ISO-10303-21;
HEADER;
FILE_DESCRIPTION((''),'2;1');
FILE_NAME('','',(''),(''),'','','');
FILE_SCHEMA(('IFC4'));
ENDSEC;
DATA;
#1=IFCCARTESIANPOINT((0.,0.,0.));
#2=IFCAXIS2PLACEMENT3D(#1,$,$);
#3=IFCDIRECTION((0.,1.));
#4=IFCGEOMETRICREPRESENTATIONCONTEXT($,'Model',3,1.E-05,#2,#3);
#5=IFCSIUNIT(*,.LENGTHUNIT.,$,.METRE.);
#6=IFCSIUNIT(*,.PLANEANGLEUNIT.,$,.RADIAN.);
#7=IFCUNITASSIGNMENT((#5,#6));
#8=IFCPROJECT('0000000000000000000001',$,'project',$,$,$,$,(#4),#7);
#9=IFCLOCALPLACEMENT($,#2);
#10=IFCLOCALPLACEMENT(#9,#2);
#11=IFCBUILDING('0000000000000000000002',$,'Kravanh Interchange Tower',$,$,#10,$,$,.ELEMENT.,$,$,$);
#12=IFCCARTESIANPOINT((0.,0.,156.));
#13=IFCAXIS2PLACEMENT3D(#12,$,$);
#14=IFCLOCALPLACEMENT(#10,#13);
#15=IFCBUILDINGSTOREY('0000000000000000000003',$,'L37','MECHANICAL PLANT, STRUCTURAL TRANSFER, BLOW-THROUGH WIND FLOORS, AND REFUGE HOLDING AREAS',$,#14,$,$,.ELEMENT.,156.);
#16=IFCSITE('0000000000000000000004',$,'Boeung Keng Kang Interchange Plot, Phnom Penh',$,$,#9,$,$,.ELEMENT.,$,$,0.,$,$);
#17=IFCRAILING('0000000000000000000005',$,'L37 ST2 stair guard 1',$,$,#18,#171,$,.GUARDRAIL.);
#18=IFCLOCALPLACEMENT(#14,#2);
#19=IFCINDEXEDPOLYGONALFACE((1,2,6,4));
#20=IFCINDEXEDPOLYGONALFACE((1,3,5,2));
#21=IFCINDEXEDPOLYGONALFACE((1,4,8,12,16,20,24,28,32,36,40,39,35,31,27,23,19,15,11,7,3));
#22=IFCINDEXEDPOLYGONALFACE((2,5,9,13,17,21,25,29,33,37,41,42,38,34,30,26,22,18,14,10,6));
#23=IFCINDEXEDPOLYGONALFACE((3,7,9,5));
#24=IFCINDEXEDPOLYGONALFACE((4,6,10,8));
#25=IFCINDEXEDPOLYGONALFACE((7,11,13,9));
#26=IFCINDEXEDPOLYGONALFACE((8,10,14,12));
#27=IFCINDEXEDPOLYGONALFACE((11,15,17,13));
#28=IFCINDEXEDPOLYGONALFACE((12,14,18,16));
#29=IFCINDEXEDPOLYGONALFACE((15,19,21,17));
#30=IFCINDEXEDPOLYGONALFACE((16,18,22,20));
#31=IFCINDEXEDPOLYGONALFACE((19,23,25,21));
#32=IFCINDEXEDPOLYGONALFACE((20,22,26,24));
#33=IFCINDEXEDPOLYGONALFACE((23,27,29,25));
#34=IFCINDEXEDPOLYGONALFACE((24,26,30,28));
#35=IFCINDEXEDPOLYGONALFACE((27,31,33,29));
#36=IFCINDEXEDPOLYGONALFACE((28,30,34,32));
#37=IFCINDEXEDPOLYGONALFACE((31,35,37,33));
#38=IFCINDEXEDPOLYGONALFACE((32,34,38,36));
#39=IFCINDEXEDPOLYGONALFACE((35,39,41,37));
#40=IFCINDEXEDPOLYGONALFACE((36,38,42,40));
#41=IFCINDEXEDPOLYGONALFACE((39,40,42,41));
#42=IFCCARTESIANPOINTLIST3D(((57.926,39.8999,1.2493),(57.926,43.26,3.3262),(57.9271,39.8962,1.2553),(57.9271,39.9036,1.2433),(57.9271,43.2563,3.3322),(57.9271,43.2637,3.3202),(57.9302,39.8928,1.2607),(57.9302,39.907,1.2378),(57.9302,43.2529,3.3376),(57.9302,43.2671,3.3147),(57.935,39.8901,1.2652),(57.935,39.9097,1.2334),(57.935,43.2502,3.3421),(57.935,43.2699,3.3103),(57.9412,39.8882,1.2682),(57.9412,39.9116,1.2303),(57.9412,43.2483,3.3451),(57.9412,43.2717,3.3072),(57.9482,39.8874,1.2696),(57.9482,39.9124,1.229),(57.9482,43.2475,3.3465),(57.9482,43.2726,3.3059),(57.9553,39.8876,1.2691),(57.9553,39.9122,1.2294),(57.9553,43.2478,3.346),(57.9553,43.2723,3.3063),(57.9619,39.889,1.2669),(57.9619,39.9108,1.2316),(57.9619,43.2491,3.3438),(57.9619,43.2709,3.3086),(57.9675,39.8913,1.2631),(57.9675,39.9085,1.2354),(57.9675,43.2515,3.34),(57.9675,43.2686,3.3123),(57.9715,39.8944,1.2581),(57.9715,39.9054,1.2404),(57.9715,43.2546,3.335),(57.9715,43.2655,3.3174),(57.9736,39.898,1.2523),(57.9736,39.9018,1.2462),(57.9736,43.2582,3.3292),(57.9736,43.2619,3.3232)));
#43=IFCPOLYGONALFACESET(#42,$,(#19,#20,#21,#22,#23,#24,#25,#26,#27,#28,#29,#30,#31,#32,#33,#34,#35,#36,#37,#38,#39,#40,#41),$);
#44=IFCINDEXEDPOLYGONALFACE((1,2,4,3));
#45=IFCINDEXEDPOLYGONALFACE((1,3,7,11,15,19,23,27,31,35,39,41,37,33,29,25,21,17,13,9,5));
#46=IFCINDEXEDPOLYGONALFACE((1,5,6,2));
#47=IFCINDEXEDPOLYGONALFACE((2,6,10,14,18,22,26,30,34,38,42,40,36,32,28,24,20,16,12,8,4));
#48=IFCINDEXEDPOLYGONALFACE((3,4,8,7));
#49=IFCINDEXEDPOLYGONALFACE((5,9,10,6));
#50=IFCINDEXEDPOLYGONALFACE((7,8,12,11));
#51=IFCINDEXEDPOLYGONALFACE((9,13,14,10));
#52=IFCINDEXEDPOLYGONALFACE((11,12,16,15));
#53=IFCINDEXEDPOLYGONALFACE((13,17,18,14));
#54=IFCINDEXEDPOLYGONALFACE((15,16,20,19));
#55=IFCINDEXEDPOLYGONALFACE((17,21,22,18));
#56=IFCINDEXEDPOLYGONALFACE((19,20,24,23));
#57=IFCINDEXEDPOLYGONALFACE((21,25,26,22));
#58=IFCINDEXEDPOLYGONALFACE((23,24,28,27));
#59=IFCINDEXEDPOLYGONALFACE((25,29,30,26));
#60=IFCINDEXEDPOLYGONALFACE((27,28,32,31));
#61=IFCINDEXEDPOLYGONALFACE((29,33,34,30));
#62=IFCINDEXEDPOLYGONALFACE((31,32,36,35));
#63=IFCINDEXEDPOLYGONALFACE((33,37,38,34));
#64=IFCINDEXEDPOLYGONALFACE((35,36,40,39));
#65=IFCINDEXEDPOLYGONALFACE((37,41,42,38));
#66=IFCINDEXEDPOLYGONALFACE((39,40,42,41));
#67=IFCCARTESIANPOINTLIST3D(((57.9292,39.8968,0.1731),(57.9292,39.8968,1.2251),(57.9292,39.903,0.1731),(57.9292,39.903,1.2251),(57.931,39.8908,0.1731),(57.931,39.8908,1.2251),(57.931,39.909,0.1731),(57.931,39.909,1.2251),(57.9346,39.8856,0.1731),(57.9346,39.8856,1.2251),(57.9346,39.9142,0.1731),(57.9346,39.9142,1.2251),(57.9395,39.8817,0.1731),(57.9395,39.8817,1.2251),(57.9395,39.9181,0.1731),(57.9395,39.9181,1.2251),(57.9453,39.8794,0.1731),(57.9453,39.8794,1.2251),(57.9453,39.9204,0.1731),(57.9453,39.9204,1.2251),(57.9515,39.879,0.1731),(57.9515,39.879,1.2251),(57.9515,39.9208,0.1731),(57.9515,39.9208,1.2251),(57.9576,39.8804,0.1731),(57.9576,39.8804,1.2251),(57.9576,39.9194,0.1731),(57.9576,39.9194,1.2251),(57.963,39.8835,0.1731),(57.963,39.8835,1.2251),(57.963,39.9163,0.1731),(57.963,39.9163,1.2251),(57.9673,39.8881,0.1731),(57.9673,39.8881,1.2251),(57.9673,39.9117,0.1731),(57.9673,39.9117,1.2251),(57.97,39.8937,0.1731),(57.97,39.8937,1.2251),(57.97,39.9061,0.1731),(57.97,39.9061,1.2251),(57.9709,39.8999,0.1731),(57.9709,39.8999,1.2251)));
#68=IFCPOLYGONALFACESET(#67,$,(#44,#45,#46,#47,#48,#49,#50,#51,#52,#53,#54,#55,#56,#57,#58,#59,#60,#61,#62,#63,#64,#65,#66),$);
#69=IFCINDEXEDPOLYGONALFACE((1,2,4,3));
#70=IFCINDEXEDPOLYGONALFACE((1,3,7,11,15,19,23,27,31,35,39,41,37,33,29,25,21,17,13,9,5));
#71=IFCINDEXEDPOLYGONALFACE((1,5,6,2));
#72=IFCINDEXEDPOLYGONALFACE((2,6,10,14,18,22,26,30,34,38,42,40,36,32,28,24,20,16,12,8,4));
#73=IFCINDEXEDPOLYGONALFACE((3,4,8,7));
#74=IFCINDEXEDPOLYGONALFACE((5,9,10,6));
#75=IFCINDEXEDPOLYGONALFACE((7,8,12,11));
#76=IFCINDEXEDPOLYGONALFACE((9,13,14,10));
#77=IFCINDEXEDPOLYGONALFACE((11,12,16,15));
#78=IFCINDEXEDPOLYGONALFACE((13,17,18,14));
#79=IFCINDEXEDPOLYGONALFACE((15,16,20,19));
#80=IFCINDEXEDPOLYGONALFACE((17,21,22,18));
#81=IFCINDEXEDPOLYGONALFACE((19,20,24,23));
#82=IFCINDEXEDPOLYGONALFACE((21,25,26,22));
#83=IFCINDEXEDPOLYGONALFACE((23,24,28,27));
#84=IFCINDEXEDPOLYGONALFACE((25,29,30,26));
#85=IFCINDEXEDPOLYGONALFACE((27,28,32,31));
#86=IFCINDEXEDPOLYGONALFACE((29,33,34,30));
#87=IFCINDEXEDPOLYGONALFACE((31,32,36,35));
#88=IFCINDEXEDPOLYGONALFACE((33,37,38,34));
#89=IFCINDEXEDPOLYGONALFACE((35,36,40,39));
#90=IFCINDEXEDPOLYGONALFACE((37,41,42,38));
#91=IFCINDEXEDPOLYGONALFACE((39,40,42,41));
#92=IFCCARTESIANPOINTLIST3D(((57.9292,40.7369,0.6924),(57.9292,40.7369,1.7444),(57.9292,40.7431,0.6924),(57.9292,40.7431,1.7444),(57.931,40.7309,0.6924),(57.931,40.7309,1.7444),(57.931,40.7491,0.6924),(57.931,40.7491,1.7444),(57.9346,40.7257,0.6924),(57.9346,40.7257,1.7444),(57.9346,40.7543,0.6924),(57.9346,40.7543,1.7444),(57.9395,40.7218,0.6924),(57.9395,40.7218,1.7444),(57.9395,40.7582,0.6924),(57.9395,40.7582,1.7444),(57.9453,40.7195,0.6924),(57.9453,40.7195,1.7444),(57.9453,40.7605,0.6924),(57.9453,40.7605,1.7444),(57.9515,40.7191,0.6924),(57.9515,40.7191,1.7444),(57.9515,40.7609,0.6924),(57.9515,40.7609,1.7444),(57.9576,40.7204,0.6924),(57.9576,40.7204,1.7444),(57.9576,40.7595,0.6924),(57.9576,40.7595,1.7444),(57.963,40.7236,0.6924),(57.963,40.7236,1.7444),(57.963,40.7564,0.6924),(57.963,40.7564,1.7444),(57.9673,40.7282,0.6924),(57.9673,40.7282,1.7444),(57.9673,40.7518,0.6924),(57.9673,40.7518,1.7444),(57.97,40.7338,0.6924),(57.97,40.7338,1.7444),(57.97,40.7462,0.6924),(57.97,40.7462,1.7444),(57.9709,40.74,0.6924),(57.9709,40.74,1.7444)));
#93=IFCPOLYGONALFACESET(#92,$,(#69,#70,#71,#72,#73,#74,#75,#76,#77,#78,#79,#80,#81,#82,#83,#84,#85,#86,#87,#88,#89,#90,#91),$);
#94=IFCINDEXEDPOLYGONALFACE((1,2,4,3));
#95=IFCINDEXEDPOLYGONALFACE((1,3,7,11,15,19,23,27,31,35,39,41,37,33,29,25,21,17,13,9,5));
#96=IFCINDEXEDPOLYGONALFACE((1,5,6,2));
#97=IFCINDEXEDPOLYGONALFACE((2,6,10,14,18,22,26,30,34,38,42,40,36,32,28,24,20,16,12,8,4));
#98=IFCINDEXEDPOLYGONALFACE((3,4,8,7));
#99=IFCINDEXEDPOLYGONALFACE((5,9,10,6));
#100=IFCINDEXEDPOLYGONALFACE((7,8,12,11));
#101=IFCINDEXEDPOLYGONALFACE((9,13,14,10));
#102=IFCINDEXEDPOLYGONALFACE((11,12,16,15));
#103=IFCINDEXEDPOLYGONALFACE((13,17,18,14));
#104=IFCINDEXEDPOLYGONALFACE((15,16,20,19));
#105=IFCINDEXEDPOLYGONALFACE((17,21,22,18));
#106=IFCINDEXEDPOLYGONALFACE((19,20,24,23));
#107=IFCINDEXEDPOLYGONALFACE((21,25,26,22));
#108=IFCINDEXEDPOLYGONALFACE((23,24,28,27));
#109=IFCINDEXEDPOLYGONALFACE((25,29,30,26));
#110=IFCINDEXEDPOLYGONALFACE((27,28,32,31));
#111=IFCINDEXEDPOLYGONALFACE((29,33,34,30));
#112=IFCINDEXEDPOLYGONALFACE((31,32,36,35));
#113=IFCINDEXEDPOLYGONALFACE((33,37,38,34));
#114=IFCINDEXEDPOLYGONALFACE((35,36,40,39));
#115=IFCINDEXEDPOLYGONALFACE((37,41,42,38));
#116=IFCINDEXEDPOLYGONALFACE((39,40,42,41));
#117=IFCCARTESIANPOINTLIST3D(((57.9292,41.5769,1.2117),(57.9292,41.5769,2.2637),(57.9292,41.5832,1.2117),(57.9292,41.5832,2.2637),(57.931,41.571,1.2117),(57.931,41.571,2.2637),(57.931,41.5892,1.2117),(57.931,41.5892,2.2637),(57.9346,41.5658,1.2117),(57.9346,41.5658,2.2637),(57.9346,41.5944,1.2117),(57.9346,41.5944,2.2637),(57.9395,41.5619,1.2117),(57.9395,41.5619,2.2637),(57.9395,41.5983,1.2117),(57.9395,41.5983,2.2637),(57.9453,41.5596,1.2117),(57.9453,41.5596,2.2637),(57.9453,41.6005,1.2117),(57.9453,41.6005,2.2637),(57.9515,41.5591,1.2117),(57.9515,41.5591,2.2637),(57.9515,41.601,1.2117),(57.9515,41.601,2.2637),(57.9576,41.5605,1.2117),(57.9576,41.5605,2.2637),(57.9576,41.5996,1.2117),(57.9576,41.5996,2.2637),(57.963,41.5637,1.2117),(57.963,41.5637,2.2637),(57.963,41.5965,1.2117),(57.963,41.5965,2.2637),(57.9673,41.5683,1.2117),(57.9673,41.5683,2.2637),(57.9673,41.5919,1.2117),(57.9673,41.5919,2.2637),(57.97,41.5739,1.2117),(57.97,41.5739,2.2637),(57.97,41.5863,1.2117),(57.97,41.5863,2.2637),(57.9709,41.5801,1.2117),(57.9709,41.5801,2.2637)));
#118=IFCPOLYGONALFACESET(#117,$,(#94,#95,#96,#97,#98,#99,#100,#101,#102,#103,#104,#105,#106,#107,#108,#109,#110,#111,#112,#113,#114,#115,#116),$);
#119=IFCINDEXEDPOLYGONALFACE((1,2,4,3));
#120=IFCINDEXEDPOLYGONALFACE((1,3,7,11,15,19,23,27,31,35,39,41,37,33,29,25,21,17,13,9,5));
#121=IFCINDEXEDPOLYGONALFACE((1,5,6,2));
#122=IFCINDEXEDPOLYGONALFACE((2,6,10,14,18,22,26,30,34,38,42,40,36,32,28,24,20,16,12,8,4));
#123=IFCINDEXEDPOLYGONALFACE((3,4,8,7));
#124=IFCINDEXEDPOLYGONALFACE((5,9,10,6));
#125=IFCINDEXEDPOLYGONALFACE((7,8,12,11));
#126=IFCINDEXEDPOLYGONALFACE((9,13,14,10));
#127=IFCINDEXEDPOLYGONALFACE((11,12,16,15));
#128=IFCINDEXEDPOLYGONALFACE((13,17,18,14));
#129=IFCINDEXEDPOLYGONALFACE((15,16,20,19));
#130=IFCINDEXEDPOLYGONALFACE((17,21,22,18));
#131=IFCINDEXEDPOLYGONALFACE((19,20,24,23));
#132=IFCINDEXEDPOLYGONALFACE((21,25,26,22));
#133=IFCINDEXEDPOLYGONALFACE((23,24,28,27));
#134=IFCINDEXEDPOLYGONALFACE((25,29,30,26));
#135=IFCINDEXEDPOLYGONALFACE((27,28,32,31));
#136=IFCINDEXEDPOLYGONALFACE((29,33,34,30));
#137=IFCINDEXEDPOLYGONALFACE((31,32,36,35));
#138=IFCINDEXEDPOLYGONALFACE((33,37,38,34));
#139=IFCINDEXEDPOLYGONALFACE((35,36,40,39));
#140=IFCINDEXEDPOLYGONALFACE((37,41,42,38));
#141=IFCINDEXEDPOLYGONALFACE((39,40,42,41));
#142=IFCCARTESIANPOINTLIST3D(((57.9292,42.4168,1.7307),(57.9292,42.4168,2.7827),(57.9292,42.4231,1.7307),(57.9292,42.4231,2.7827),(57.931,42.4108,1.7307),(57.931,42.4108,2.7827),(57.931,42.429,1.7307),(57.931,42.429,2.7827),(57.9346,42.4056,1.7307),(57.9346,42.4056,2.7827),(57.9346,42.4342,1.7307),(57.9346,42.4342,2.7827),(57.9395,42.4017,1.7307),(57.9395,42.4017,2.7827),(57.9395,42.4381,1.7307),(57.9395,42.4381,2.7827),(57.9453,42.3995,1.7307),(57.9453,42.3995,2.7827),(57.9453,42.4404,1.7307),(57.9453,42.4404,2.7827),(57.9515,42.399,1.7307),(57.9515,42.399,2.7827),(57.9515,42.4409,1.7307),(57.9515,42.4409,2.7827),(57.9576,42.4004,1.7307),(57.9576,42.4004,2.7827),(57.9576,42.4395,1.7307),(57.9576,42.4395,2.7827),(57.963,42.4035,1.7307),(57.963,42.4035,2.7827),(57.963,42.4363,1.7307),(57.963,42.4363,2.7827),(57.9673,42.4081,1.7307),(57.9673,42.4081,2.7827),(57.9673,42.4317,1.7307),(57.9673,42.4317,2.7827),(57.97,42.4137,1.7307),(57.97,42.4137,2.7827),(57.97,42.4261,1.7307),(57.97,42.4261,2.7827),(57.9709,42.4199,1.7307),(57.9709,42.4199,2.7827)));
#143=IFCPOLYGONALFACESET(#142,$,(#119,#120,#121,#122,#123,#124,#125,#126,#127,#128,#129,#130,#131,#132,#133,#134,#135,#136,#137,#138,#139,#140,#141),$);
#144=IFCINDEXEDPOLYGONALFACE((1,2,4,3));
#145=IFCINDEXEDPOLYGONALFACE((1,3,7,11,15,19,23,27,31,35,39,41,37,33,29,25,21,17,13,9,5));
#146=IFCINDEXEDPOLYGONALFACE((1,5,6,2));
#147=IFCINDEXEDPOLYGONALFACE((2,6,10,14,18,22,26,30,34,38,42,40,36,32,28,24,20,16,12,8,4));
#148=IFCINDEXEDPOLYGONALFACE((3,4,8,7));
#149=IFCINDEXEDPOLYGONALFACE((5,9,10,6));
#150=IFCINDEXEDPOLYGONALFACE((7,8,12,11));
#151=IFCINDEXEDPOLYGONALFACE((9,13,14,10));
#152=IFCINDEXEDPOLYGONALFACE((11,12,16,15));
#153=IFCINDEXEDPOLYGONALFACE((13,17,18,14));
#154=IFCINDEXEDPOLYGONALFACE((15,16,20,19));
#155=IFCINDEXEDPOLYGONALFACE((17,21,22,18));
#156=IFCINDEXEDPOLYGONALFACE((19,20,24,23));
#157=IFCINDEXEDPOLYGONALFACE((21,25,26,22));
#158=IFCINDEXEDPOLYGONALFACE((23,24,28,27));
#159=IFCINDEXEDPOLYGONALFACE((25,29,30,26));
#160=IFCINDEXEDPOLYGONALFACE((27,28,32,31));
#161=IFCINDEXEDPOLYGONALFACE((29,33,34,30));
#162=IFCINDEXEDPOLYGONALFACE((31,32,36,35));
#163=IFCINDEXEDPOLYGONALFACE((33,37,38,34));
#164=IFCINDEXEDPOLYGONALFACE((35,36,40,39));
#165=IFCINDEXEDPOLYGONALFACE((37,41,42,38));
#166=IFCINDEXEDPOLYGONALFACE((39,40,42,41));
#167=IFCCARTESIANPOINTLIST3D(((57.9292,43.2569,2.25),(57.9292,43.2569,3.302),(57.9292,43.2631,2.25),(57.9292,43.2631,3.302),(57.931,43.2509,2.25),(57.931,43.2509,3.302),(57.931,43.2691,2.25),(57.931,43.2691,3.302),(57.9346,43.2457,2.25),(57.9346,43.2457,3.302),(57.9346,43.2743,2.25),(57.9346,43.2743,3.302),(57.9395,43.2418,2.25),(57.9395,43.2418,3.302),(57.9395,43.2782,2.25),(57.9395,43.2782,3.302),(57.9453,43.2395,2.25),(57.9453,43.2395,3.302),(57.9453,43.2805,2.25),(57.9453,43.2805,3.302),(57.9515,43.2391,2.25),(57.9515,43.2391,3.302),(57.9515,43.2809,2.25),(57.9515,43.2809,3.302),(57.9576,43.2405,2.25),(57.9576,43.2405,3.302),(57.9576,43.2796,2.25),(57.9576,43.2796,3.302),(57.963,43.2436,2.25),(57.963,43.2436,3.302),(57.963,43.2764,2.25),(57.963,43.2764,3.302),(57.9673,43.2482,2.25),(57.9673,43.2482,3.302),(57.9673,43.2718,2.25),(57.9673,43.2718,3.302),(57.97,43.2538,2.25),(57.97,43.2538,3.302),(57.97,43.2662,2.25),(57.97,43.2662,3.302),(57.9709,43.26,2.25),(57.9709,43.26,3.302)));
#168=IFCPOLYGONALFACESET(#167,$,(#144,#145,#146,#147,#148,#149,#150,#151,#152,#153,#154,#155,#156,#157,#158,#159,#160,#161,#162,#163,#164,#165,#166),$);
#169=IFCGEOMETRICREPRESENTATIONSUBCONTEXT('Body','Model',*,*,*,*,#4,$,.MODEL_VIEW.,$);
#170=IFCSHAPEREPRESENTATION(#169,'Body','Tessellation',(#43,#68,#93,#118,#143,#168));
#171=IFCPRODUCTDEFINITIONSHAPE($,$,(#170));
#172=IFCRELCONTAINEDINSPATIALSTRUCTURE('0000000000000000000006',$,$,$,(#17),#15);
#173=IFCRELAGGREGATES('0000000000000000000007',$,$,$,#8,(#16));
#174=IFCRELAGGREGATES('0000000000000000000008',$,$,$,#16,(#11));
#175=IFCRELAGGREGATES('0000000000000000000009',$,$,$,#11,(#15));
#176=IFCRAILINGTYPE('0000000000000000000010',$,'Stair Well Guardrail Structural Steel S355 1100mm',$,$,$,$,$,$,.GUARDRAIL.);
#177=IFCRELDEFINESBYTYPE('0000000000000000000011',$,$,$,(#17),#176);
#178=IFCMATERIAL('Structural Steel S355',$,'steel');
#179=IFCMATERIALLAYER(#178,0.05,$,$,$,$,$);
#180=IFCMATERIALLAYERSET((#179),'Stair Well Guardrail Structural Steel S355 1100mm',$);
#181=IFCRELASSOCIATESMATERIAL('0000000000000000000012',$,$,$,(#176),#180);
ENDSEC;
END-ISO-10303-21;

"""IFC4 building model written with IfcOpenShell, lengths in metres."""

from ifc_helpers import new_model, si_unit, direction, frame, origin, origin_2d, place, context, subcontext, project, spatial, circle, extrude, material, layer, layer_set, type_object, element, save


model = new_model("IFC4")

# Units and contexts
model_context = context("Model", 3, precision=1e-05, world=origin(), true_north=direction((0.0, 1.0)))
body_context = subcontext(model_context, "Body", "Model", "MODEL_VIEW")
ifc_project = project(units=[si_unit("LENGTHUNIT", "METRE"), si_unit("PLANEANGLEUNIT", "RADIAN")], contexts=[model_context])

# Site, building, storey
site_placement = place(None, origin())
site = spatial("IfcSite", under=ifc_project, at=site_placement, Name="Boeung Keng Kang Interchange Plot, Phnom Penh", CompositionType="ELEMENT", RefElevation=0.0)
building_placement = place(site_placement, origin())
building = spatial("IfcBuilding", under=site, at=building_placement, Name="Kravanh Interchange Tower", CompositionType="ELEMENT")
storey_placement = place(building_placement, frame((0.0, 0.0, 156.0)))
storey = spatial("IfcBuildingStorey", under=building, at=storey_placement, Name="L37", Description="MECHANICAL PLANT, STRUCTURAL TRANSFER, BLOW-THROUGH WIND FLOORS, AND REFUGE HOLDING AREAS", CompositionType="ELEMENT", Elevation=156.0)

# Railing
ifc_material_1 = material(Name="Structural Steel S355", Category="steel")
ifc_layer_1 = layer(ifc_material_1, 0.05)
ifc_layer_set_1 = layer_set([ifc_layer_1], Name="Stair Well Guardrail Structural Steel S355 1100mm")
railing_type_1 = type_object("IfcRailingType", Name="Stair Well Guardrail Structural Steel S355 1100mm", PredefinedType="GUARDRAIL", material=ifc_layer_set_1)
railing_1_placement = place(storey_placement, frame((57.95, 39.8999, 0.1731)))
element("IfcRailing", 1, at=railing_1_placement, inside=storey, type_object=railing_type_1, Name="L37 ST2 stair guard 1", PredefinedType="GUARDRAIL", context=body_context, shape_type="SweptSolid", body=[
    extrude(circle(Radius=0.0239, at=origin_2d()), frame((0.0, 0.0, 1.0762), z_axis=(0.0, 0.850623, 0.525776), x_axis=(-1.0, 0.0, 0.0)), (0.0, 0.0, 1.0), 3.9502),
    extrude(circle(Radius=0.021, at=origin_2d()), origin(), (0.0, 0.0, 1.0), 1.052),
    extrude(circle(Radius=0.021, at=origin_2d()), frame((0.0, 0.8401, 0.5193)), (0.0, 0.0, 1.0), 1.052),
    extrude(circle(Radius=0.021, at=origin_2d()), frame((0.0, 1.6802, 1.0386)), (0.0, 0.0, 1.0), 1.052),
    extrude(circle(Radius=0.021, at=origin_2d()), frame((0.0, 2.52, 1.5576)), (0.0, 0.0, 1.0), 1.052),
    extrude(circle(Radius=0.021, at=origin_2d()), frame((0.0, 3.3601, 2.0769)), (0.0, 0.0, 1.0), 1.052),
])

save(model, "model.ifc")
